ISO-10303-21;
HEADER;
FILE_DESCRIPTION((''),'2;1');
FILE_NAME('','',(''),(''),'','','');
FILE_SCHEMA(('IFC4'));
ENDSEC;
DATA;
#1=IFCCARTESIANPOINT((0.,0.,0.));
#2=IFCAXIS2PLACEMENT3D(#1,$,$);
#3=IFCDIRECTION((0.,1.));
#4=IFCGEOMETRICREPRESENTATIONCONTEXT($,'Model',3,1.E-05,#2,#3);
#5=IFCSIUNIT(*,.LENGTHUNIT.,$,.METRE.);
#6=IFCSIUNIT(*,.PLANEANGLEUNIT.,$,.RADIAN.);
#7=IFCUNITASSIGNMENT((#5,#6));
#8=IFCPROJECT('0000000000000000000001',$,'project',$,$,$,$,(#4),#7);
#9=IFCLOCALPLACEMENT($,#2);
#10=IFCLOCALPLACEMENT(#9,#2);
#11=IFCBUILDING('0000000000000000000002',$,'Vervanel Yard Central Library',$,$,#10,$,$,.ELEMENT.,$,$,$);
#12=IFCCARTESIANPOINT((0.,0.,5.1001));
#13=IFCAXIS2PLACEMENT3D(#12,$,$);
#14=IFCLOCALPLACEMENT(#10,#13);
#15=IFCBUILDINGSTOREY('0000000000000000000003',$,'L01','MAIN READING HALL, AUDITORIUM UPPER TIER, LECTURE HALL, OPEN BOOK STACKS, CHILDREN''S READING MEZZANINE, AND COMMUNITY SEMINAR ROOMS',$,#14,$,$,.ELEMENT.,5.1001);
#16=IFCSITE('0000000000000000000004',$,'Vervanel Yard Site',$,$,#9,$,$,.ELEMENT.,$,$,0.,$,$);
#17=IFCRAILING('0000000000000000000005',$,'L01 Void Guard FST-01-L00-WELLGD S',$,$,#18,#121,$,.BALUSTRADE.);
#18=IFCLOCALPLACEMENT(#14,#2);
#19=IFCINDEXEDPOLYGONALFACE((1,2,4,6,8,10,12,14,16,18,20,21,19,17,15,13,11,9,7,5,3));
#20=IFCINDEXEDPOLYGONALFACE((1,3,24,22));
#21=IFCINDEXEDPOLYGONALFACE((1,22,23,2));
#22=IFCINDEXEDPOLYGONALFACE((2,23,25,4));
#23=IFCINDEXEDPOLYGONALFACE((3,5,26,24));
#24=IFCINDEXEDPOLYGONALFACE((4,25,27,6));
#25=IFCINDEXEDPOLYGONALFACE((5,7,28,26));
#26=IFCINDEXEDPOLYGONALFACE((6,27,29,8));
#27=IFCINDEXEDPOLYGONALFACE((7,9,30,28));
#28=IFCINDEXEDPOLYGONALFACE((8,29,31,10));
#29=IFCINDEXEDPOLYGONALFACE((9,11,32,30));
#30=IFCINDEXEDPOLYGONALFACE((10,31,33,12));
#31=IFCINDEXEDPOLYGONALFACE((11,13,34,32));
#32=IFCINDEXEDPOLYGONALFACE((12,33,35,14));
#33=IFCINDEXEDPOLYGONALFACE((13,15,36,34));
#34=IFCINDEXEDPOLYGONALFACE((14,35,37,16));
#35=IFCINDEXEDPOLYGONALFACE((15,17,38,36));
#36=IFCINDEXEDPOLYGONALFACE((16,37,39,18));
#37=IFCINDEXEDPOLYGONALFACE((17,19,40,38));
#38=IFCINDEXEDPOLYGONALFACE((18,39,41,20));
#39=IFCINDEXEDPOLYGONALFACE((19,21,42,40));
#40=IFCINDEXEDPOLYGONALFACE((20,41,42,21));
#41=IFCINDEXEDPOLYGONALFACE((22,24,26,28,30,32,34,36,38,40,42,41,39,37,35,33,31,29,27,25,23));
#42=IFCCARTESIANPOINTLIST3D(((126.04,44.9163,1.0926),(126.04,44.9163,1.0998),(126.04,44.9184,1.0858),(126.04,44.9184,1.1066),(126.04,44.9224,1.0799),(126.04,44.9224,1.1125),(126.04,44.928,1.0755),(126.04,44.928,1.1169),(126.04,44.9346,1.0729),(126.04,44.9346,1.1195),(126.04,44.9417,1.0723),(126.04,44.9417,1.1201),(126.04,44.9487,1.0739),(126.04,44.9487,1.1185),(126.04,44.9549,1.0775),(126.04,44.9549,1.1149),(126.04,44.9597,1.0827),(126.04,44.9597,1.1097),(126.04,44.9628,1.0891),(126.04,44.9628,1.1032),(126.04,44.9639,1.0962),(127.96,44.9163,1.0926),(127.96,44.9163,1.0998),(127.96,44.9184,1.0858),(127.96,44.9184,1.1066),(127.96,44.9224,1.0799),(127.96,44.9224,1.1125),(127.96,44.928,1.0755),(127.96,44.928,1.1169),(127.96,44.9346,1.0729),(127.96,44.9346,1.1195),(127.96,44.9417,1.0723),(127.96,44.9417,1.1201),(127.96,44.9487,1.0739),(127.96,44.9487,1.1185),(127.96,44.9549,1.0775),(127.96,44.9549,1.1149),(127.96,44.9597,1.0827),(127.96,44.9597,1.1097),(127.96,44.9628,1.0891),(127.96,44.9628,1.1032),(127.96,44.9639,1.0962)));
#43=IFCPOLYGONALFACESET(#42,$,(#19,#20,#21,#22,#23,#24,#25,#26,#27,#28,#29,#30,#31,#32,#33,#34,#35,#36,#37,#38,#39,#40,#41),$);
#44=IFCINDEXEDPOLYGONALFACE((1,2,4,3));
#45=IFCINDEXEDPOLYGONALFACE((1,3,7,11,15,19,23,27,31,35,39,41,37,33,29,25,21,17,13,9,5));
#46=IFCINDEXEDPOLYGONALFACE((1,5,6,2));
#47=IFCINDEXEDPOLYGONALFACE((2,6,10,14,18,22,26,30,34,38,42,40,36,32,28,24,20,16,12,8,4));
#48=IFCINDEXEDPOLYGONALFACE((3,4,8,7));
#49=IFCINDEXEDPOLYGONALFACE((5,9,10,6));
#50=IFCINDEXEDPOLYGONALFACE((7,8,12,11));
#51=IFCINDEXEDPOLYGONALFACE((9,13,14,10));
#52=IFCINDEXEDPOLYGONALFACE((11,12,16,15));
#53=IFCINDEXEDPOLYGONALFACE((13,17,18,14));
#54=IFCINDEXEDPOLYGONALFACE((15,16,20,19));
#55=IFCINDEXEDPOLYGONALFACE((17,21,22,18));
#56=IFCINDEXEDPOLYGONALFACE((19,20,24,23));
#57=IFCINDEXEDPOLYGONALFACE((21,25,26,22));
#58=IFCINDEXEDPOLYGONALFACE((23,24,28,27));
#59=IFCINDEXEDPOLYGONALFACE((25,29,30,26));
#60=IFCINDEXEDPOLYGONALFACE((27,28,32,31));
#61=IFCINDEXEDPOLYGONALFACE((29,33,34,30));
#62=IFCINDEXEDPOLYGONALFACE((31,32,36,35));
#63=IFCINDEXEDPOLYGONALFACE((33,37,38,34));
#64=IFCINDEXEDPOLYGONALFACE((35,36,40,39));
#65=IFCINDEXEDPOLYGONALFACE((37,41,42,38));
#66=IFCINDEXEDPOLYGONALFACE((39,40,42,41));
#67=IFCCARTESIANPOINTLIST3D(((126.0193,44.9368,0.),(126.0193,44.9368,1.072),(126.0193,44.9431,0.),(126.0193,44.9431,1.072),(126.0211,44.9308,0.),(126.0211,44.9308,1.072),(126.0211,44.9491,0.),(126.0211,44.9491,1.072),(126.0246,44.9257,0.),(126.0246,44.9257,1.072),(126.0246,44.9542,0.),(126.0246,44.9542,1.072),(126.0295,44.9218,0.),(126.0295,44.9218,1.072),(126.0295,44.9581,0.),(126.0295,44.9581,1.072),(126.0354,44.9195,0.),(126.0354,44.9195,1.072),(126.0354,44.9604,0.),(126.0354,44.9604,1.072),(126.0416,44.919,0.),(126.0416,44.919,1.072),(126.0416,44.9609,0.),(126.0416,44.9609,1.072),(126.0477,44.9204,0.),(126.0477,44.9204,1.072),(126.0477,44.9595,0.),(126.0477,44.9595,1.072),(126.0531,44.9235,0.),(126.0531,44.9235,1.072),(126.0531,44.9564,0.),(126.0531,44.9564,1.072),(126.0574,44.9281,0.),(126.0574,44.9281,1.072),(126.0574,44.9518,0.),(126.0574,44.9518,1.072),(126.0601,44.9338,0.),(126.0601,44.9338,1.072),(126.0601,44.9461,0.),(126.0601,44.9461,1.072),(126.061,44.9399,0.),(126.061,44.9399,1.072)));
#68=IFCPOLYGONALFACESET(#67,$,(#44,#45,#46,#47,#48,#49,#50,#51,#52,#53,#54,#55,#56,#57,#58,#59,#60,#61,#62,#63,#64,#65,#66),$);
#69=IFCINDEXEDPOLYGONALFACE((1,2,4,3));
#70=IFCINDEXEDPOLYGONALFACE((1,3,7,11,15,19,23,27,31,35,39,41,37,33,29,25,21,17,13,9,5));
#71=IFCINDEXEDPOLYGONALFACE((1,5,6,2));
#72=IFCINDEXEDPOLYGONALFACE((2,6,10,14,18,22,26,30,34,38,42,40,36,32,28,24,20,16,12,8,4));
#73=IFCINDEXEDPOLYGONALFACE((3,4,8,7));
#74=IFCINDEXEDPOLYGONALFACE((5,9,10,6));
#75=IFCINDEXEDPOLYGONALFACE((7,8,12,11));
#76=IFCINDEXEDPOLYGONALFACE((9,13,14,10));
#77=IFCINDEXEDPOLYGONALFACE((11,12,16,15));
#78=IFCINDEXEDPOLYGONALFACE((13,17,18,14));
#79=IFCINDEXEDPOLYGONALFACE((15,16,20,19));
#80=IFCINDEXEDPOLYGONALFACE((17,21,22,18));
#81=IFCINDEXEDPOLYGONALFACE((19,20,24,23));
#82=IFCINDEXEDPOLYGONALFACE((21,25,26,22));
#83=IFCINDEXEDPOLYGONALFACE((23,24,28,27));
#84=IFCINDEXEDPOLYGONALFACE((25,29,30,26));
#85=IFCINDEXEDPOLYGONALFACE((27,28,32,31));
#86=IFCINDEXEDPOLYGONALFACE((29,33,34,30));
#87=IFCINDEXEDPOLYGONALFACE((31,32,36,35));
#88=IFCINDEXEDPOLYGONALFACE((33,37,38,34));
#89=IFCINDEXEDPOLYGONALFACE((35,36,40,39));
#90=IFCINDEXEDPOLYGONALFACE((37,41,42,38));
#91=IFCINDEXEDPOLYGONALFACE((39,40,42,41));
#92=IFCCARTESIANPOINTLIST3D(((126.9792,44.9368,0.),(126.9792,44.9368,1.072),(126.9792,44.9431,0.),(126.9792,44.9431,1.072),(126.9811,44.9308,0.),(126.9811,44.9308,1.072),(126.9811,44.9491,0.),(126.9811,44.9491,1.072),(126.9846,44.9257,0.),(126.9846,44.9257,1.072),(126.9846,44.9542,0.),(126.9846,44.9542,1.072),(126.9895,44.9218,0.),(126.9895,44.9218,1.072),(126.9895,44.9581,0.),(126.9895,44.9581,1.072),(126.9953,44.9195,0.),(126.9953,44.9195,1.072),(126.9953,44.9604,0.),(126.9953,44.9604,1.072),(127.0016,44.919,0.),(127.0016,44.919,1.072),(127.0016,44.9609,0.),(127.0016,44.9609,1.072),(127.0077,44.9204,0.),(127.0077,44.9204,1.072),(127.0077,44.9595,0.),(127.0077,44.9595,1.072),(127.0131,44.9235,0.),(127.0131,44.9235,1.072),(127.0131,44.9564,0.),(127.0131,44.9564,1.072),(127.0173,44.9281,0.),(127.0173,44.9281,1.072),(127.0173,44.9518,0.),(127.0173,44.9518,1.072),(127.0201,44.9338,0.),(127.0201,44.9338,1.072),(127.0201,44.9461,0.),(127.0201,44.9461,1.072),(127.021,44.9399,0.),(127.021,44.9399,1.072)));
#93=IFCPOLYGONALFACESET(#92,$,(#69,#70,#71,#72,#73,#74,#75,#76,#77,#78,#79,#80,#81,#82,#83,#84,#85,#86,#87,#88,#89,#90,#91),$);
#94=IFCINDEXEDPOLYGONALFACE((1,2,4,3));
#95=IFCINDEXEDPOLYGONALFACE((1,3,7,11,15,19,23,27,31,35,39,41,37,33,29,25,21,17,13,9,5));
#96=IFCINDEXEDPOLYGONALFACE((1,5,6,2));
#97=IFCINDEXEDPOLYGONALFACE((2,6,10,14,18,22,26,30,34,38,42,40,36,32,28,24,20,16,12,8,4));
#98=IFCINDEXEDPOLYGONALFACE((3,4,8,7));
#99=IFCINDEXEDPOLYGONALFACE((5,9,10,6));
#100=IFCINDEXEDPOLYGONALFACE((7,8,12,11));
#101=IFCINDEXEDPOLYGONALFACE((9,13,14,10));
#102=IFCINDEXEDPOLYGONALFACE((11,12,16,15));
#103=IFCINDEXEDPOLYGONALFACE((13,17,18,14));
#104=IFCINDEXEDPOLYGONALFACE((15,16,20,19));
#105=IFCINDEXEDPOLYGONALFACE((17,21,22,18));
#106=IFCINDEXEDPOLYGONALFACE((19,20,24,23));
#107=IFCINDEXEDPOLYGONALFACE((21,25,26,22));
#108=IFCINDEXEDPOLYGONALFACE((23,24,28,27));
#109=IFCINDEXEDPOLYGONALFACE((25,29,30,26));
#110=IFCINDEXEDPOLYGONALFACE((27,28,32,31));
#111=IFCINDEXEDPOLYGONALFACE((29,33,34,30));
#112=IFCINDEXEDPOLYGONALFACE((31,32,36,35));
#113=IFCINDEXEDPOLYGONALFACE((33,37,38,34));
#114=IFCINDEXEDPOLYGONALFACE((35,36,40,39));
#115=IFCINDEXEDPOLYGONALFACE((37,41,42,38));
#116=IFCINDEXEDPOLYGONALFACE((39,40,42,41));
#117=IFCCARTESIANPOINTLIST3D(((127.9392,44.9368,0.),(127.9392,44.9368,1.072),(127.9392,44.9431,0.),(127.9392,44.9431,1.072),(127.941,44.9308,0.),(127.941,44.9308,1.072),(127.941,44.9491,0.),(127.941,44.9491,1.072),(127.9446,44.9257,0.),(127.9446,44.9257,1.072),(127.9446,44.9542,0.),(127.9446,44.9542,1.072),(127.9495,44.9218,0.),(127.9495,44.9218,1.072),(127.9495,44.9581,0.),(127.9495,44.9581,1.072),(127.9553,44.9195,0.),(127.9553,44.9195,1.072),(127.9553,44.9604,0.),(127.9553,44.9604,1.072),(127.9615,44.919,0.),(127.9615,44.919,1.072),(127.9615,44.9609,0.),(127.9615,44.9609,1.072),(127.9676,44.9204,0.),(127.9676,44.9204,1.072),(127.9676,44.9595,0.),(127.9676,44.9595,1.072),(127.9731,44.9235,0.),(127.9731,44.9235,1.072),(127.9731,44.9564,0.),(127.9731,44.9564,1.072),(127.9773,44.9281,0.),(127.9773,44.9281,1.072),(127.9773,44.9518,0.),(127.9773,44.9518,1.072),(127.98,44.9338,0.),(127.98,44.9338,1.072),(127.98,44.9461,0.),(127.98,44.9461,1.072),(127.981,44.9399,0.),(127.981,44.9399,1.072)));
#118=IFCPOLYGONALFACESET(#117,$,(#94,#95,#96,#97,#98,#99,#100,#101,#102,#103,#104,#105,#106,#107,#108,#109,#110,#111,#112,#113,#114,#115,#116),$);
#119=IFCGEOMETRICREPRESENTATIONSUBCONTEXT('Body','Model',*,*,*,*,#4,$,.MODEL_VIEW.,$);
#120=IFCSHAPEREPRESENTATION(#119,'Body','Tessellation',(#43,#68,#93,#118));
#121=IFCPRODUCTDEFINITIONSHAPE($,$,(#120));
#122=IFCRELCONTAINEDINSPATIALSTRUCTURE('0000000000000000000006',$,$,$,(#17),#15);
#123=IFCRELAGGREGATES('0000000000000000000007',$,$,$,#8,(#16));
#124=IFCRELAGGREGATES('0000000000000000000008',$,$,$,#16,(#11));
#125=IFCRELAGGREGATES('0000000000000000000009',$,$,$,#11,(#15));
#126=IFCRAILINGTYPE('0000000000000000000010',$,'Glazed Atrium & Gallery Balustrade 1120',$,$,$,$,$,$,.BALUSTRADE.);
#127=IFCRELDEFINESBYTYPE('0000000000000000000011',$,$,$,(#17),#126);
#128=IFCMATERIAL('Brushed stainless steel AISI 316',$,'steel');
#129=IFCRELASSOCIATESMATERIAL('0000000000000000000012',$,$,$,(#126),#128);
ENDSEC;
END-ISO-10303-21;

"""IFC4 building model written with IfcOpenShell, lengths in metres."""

from ifc_helpers import new_model, si_unit, direction, frame, origin, origin_2d, place, context, subcontext, project, spatial, circle, extrude, material, type_object, element, save


model = new_model("IFC4")

# Units and contexts
model_context = context("Model", 3, precision=1e-05, world=origin(), true_north=direction((0.0, 1.0)))
body_context = subcontext(model_context, "Body", "Model", "MODEL_VIEW")
ifc_project = project(units=[si_unit("LENGTHUNIT", "METRE"), si_unit("PLANEANGLEUNIT", "RADIAN")], contexts=[model_context])

# Site, building, storey
site_placement = place(None, origin())
site = spatial("IfcSite", under=ifc_project, at=site_placement, Name="Vervanel Yard Site", CompositionType="ELEMENT", RefElevation=0.0)
building_placement = place(site_placement, origin())
building = spatial("IfcBuilding", under=site, at=building_placement, Name="Vervanel Yard Central Library", CompositionType="ELEMENT")
storey_placement = place(building_placement, frame((0.0, 0.0, 5.1001)))
storey = spatial("IfcBuildingStorey", under=building, at=storey_placement, Name="L01", Description="MAIN READING HALL, AUDITORIUM UPPER TIER, LECTURE HALL, OPEN BOOK STACKS, CHILDREN'S READING MEZZANINE, AND COMMUNITY SEMINAR ROOMS", CompositionType="ELEMENT", Elevation=5.1001)

# Railing
ifc_material_1 = material(Name="Brushed stainless steel AISI 316", Category="steel")
railing_type = type_object("IfcRailingType", Name="Glazed Atrium & Gallery Balustrade 1120", PredefinedType="BALUSTRADE", material=ifc_material_1)
railing_1_placement = place(storey_placement, frame((126.04, 44.9399, 0.0)))
element("IfcRailing", 1, at=railing_1_placement, inside=storey, type_object=railing_type, Name="L01 Void Guard FST-01-L00-WELLGD S", PredefinedType="BALUSTRADE", context=body_context, shape_type="SweptSolid", body=[
    extrude(circle(Radius=0.0239, at=origin_2d()), frame((0.0, 0.0, 1.0962), z_axis=(1.0, 0.0, 0.0), x_axis=(0.0, 1.0, 0.0)), (0.0, 0.0, 1.0), 1.9199),
    extrude(circle(Radius=0.021, at=origin_2d()), origin(), (0.0, 0.0, 1.0), 1.072),
    extrude(circle(Radius=0.021, at=origin_2d()), frame((0.96, 0.0, 0.0)), (0.0, 0.0, 1.0), 1.072),
    extrude(circle(Radius=0.021, at=origin_2d()), frame((1.9199, 0.0, 0.0)), (0.0, 0.0, 1.0), 1.072),
])

save(model, "model.ifc")
